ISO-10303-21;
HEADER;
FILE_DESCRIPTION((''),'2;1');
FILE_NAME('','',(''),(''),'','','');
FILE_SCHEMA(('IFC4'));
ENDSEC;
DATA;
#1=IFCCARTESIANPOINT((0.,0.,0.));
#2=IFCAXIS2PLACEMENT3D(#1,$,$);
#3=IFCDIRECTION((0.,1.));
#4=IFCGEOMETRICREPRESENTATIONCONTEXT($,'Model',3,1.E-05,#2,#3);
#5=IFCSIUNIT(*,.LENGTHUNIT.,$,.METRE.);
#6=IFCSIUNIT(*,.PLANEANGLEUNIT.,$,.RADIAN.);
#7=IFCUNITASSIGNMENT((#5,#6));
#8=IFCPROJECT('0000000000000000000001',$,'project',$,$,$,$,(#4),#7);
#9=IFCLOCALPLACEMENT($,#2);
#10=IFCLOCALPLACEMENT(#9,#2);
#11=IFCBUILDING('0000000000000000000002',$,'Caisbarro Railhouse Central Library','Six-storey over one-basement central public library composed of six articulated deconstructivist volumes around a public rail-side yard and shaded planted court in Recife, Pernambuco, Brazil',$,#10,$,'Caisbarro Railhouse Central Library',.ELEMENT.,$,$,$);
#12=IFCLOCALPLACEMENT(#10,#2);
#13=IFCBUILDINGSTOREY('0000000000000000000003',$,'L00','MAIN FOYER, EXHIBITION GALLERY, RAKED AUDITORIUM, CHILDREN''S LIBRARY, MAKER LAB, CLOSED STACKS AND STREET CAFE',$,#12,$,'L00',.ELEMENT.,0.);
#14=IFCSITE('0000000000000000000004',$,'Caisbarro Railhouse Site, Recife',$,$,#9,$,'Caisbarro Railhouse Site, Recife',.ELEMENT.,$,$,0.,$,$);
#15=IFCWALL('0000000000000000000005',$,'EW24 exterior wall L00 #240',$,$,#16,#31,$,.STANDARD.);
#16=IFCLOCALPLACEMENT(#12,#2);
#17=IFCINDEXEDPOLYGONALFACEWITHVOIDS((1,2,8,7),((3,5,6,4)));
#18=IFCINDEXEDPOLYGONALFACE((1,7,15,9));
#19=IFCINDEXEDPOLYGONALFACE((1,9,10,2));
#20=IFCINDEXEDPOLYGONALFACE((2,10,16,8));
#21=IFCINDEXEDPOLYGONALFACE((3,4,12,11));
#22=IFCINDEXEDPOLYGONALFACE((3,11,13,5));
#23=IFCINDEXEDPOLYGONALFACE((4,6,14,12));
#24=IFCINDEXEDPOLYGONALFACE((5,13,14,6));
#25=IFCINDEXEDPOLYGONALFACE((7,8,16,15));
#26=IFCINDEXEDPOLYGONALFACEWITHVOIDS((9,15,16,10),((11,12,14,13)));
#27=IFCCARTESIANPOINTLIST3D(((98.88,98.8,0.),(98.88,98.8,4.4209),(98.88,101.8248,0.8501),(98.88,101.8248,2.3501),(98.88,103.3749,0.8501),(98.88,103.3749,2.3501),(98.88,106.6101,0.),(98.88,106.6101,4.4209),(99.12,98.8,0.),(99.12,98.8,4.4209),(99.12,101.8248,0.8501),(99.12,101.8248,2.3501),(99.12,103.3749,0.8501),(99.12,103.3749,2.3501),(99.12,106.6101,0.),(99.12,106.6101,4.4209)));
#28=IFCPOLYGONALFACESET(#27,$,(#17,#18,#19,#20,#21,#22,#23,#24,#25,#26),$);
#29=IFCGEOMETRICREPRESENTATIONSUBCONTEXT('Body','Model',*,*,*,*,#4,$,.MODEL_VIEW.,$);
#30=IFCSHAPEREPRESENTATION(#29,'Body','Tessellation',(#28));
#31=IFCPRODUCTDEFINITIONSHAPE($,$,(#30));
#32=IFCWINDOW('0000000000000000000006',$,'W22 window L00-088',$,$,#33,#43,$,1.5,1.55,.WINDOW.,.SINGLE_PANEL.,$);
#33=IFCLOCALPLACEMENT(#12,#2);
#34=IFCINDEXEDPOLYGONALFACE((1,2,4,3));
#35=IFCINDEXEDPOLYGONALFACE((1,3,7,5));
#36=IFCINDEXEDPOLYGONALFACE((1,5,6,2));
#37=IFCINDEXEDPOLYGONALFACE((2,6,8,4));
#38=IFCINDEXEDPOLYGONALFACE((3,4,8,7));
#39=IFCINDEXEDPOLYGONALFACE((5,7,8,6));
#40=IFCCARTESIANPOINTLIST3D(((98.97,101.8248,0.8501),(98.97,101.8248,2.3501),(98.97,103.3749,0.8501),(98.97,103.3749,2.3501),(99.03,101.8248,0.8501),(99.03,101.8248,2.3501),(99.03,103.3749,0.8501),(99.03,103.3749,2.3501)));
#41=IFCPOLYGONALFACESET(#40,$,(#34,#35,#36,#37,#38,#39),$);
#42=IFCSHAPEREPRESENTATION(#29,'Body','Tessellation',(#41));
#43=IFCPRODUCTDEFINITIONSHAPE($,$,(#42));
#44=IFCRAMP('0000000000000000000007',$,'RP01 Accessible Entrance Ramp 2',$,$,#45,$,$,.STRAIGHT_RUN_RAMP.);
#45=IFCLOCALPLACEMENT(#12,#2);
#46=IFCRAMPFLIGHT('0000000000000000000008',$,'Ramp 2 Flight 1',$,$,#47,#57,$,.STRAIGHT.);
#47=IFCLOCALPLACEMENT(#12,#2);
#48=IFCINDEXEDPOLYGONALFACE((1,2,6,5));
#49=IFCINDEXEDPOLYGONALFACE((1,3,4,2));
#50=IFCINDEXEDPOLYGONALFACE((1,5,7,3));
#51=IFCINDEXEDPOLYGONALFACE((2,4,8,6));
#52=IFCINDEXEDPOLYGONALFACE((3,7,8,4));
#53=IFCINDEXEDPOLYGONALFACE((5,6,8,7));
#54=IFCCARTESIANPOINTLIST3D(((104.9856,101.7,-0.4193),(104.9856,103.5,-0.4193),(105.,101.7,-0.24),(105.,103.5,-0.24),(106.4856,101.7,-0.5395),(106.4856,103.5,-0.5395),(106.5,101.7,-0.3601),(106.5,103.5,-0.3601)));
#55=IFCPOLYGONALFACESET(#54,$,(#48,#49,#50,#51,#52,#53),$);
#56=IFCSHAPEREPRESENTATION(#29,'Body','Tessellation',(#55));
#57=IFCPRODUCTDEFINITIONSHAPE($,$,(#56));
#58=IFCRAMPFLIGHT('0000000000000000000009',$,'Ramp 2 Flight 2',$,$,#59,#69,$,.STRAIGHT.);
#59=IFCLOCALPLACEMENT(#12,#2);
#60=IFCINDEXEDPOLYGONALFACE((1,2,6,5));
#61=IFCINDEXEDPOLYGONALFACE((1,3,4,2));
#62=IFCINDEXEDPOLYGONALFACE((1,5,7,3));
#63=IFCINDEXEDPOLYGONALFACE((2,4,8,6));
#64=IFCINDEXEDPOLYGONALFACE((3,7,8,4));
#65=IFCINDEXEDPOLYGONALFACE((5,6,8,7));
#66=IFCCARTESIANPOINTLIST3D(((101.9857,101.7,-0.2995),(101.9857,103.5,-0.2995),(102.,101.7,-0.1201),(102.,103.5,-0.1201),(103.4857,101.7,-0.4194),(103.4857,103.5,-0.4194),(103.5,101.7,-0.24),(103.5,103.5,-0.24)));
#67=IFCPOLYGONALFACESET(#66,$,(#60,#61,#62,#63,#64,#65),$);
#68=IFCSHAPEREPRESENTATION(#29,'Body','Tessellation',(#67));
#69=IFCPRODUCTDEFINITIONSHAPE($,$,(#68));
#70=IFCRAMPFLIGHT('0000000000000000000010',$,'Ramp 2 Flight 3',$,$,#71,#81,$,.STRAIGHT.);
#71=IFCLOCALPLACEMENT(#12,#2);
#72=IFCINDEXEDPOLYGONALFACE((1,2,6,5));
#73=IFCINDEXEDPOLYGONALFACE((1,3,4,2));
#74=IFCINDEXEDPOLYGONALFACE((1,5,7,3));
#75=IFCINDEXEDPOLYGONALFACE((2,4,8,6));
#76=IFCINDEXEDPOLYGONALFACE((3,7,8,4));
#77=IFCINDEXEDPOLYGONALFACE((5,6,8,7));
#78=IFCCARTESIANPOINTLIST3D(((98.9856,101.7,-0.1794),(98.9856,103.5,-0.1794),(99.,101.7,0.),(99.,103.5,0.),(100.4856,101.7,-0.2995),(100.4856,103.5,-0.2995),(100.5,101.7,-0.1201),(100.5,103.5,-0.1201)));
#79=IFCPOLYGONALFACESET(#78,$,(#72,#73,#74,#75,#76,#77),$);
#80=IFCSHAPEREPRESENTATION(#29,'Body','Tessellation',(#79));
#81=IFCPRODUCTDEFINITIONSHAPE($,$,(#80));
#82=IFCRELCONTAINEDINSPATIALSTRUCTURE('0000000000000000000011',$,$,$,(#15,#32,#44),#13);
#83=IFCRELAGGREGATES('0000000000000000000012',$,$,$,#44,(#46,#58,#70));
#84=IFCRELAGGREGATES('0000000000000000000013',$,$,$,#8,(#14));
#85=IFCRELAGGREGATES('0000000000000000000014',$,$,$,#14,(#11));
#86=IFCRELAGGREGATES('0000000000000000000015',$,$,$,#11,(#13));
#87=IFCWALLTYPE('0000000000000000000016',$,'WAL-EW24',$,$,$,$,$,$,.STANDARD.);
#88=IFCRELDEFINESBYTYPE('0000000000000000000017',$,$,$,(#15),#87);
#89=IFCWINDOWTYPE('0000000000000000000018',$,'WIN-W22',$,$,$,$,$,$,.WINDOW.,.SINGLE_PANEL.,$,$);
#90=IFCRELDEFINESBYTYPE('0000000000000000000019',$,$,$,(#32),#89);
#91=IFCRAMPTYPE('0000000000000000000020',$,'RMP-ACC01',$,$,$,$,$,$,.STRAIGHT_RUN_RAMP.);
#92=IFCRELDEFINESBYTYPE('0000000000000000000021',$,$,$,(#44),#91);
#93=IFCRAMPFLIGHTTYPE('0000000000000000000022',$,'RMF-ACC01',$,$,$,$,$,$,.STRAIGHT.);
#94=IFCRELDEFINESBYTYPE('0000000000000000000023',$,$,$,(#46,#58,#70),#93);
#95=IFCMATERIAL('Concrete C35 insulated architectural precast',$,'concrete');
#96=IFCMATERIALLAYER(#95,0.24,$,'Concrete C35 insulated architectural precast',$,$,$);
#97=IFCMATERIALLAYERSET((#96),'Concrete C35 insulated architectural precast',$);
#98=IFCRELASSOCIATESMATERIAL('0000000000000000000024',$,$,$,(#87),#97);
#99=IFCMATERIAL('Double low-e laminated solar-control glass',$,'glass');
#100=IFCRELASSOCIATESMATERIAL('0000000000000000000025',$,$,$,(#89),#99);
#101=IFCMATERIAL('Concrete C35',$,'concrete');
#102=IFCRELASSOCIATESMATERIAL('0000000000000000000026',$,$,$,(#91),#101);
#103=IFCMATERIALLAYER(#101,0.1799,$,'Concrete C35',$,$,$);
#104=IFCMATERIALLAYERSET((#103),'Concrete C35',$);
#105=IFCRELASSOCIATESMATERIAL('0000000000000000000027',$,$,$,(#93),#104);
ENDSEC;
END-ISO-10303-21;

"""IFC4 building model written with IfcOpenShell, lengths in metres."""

from ifc_helpers import new_model, si_unit, direction, frame, frame_2d, origin, place, context, subcontext, project, spatial, polyline, rectangle, outline, extrude, material, layer, layer_set, type_object, element, fill, aggregate, save


model = new_model("IFC4")

# Units and contexts
model_context = context("Model", 3, precision=1e-05, world=origin(), true_north=direction((0.0, 1.0)))
body_context = subcontext(model_context, "Body", "Model", "MODEL_VIEW")
ifc_project = project(units=[si_unit("LENGTHUNIT", "METRE"), si_unit("PLANEANGLEUNIT", "RADIAN")], contexts=[model_context])

# Site, building, storey
site_placement = place(None, origin())
site = spatial("IfcSite", under=ifc_project, at=site_placement, Name="Caisbarro Railhouse Site, Recife", LongName="Caisbarro Railhouse Site, Recife", CompositionType="ELEMENT", RefElevation=0.0)
building_placement = place(site_placement, origin())
building = spatial("IfcBuilding", under=site, at=building_placement, Name="Caisbarro Railhouse Central Library", Description="Six-storey over one-basement central public library composed of six articulated deconstructivist volumes around a public rail-side yard and shaded planted court in Recife, Pernambuco, Brazil", LongName="Caisbarro Railhouse Central Library", CompositionType="ELEMENT")
storey_placement = place(building_placement, origin())
storey = spatial("IfcBuildingStorey", under=building, at=storey_placement, Name="L00", Description="MAIN FOYER, EXHIBITION GALLERY, RAKED AUDITORIUM, CHILDREN'S LIBRARY, MAKER LAB, CLOSED STACKS AND STREET CAFE", LongName="L00", CompositionType="ELEMENT", Elevation=0.0)

# Shared definitions
ifc_material_1 = material(Name="Concrete C35", Category="concrete")

# Shared definitions
ifc_material_2 = material(Name="Double low-e laminated solar-control glass", Category="glass")

# Wall, opening, window
ifc_material_3 = material(Name="Concrete C35 insulated architectural precast", Category="concrete")
ifc_layer_1 = layer(ifc_material_3, 0.24, Name="Concrete C35 insulated architectural precast")
ifc_layer_set_1 = layer_set([ifc_layer_1], Name="Concrete C35 insulated architectural precast")
wall_type = type_object("IfcWallType", Name="WAL-EW24", PredefinedType="STANDARD", material=ifc_layer_set_1)
wall_placement = place(storey_placement, frame((99.0, 98.8, 0.0), z_axis=(0.0, 0.0, 1.0), x_axis=(0.0, 1.0, 0.0)))
wall = element("IfcWall", 1, at=wall_placement, inside=storey, type_object=wall_type, Name="EW24 exterior wall L00 #240", PredefinedType="STANDARD", context=body_context, shape_type="SweptSolid", body=[
    extrude(rectangle(XDim=7.8101, YDim=0.24, at=frame_2d((3.905, 0.0))), origin(), (0.0, 0.0, 1.0), 4.4209),
])
opening_placement = place(wall_placement, frame((3.0249, 0.0, 0.8501)))
opening = element("IfcOpeningElement", 2, at=opening_placement, cuts=wall, PredefinedType="OPENING", context=body_context, shape_type="SweptSolid", body=[
    extrude(rectangle(XDim=1.55, YDim=1.5, at=frame_2d((0.7749, 0.75))), frame((0.0, 0.1299, 0.0), z_axis=(0.0, -1.0, 0.0), x_axis=(1.0, 0.0, 0.0)), (0.0, 0.0, 1.0), 0.26),
])
window_type = type_object("IfcWindowType", Name="WIN-W22", PartitioningType="SINGLE_PANEL", PredefinedType="WINDOW", material=ifc_material_2)
window_placement = place(opening_placement, origin())
window = element("IfcWindow", 3, at=window_placement, inside=storey, type_object=window_type, Name="W22 window L00-088", OverallHeight=1.5, OverallWidth=1.55, PartitioningType="SINGLE_PANEL", PredefinedType="WINDOW", context=body_context, shape_type="SweptSolid", body=[
    extrude(rectangle(XDim=1.55, YDim=1.5, at=frame_2d((0.7749, 0.75))), frame((0.0, 0.03, 0.0), z_axis=(0.0, -1.0, 0.0), x_axis=(1.0, 0.0, 0.0)), (0.0, 0.0, 1.0), 0.0601),
])
fill(opening, window)

# Ramp, ramp flights
ramp_type = type_object("IfcRampType", Name="RMP-ACC01", PredefinedType="STRAIGHT_RUN_RAMP", material=ifc_material_1)
ramp_placement = place(storey_placement, origin())
ramp = element("IfcRamp", 4, at=ramp_placement, inside=storey, type_object=ramp_type, Name="RP01 Accessible Entrance Ramp 2", PredefinedType="STRAIGHT_RUN_RAMP")
ifc_layer_2 = layer(ifc_material_1, 0.1799, Name="Concrete C35")
ifc_layer_set_2 = layer_set([ifc_layer_2], Name="Concrete C35")
ramp_flight_type = type_object("IfcRampFlightType", Name="RMF-ACC01", PredefinedType="STRAIGHT", material=ifc_layer_set_2)
ramp_flight_1_placement = place(storey_placement, frame((105.0, 101.7, -0.24), z_axis=(0.079823, 0.0, 0.996809), x_axis=(0.996809, 0.0, -0.079823)))
ramp_flight_1 = element("IfcRampFlight", 5, at=ramp_flight_1_placement, type_object=ramp_flight_type, Name="Ramp 2 Flight 1", PredefinedType="STRAIGHT", context=body_context, shape_type="SweptSolid", body=[
    extrude(outline(polyline([(0.0, 0.0), (1.5048, 0.0), (1.5048, 1.8), (0.0, 1.8), (0.0, 0.0)])), origin(), (0.0, 0.0, -1.0), 0.1799),
])
ramp_flight_2_placement = place(storey_placement, frame((102.0, 101.7, -0.1201), z_axis=(0.079661, 0.0, 0.996822), x_axis=(0.996822, 0.0, -0.079661)))
ramp_flight_2 = element("IfcRampFlight", 6, at=ramp_flight_2_placement, type_object=ramp_flight_type, Name="Ramp 2 Flight 2", PredefinedType="STRAIGHT", context=body_context, shape_type="SweptSolid", body=[
    extrude(outline(polyline([(0.0, 0.0), (1.5048, 0.0), (1.5048, 1.8), (0.0, 1.8), (0.0, 0.0)])), origin(), (0.0, 0.0, -1.0), 0.1799),
])
ramp_flight_3_placement = place(storey_placement, frame((99.0, 101.7, 0.0), z_axis=(0.079823, 0.0, 0.996809), x_axis=(0.996809, 0.0, -0.079823)))
ramp_flight_3 = element("IfcRampFlight", 7, at=ramp_flight_3_placement, type_object=ramp_flight_type, Name="Ramp 2 Flight 3", PredefinedType="STRAIGHT", context=body_context, shape_type="SweptSolid", body=[
    extrude(outline(polyline([(0.0, 0.0), (1.5048, 0.0), (1.5048, 1.8), (0.0, 1.8), (0.0, 0.0)])), origin(), (0.0, 0.0, -1.0), 0.1799),
])
aggregate(ramp, [ramp_flight_1, ramp_flight_2, ramp_flight_3])

save(model, "model.ifc")
